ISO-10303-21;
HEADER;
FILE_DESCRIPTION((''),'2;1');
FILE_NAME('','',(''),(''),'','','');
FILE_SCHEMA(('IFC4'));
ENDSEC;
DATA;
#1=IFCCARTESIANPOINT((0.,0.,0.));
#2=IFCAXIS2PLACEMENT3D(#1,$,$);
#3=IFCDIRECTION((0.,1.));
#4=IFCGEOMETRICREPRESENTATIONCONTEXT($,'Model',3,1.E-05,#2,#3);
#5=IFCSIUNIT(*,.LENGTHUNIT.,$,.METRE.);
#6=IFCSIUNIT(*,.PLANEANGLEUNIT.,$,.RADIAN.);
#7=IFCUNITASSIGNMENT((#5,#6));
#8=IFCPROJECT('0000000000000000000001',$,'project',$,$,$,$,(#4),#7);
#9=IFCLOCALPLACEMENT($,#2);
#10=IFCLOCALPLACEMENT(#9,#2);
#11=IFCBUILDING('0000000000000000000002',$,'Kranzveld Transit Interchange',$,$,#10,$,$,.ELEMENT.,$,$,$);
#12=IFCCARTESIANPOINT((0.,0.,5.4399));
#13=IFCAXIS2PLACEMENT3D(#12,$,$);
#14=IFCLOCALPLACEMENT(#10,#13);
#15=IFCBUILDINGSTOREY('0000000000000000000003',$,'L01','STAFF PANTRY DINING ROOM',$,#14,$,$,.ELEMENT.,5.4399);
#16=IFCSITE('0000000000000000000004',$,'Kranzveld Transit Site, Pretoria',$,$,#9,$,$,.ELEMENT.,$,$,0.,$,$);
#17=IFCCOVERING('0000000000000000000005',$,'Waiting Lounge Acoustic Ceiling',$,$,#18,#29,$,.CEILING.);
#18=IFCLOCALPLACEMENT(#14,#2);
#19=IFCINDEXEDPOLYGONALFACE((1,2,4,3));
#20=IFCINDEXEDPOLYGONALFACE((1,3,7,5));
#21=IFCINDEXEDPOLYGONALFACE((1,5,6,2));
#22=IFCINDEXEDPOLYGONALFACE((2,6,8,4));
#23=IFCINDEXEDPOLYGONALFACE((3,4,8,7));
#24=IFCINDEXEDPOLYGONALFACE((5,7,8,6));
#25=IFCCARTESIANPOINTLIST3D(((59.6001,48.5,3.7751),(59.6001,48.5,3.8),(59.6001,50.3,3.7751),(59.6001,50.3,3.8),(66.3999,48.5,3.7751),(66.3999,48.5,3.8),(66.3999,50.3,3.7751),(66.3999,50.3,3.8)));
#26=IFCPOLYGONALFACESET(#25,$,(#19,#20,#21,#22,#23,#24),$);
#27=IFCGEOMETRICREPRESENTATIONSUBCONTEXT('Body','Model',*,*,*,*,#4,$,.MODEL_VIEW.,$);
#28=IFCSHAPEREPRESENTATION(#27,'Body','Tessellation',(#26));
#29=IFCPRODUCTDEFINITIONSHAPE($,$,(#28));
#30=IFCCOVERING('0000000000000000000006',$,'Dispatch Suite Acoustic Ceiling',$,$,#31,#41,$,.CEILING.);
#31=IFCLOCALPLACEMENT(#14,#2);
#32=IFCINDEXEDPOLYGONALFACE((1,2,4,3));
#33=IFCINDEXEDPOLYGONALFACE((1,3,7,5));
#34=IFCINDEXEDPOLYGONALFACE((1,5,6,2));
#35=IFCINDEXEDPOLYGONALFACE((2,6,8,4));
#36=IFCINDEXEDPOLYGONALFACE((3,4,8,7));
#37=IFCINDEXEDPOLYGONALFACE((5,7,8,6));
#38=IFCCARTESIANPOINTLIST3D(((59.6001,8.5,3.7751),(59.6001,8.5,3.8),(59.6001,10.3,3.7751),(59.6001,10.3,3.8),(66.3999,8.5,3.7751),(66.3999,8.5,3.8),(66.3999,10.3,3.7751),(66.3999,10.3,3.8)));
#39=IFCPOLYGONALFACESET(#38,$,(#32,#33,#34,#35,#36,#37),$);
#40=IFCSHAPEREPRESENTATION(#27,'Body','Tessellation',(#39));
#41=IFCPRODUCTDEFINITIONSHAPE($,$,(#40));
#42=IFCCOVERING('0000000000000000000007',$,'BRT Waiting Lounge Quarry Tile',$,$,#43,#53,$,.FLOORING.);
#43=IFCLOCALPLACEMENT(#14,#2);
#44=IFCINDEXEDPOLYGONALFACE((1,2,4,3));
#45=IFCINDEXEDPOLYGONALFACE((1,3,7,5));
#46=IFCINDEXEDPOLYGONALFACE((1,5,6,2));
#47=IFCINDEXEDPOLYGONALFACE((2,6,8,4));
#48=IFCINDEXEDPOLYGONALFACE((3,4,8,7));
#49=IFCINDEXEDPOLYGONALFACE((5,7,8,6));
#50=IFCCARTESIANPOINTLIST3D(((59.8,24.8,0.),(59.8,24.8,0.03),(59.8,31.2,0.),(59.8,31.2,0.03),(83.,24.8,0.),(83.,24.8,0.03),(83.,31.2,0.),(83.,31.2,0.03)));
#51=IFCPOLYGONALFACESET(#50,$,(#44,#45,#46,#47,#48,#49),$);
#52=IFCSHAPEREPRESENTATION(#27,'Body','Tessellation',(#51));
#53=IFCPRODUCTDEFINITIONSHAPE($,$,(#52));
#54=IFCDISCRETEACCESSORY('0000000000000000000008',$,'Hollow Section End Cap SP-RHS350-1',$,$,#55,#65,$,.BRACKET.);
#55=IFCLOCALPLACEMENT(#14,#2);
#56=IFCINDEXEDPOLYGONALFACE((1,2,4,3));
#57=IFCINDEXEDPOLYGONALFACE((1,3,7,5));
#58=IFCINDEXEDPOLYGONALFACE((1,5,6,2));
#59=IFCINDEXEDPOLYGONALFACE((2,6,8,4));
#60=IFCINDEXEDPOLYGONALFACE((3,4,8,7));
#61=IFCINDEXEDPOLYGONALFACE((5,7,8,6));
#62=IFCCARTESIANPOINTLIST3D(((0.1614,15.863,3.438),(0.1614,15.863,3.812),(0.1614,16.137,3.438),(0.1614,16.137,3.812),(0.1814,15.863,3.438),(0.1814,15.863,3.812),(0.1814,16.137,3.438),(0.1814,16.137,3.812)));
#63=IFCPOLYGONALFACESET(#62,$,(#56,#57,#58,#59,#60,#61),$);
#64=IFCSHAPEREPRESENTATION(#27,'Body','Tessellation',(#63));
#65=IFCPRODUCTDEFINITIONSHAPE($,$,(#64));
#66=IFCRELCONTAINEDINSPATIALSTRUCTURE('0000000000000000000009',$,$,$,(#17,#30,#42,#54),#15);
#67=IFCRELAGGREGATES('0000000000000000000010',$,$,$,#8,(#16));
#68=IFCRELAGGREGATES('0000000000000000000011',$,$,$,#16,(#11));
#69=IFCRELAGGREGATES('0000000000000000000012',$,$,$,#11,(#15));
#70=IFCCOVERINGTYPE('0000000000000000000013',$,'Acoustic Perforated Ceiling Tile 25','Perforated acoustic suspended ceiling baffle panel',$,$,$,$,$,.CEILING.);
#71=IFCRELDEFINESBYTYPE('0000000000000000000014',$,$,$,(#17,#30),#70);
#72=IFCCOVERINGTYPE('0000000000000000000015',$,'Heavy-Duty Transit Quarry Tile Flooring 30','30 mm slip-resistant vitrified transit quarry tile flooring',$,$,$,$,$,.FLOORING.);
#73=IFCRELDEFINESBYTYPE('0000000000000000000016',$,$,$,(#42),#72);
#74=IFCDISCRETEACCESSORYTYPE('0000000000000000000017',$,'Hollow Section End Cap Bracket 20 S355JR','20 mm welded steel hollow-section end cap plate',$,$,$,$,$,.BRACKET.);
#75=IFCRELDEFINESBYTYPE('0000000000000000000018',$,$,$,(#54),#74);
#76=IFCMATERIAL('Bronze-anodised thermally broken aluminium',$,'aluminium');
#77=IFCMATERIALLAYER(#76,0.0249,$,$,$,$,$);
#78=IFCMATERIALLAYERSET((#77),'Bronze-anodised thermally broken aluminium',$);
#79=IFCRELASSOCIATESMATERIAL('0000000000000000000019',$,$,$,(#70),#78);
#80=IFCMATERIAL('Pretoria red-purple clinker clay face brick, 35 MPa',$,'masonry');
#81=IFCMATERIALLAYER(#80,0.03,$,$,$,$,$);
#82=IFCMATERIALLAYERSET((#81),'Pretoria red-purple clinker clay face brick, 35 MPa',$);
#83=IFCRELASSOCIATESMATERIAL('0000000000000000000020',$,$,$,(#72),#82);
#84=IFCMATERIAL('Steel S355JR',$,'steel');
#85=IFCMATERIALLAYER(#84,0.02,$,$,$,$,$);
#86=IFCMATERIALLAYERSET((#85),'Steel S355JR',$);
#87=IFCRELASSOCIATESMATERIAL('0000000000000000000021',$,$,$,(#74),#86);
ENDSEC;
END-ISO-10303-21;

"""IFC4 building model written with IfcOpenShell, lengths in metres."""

from ifc_helpers import new_model, si_unit, direction, frame, origin, origin_2d, place, context, subcontext, project, spatial, polyline, rectangle, outline, extrude, material, layer, layer_set, type_object, element, save


model = new_model("IFC4")

# Units and contexts
model_context = context("Model", 3, precision=1e-05, world=origin(), true_north=direction((0.0, 1.0)))
body_context = subcontext(model_context, "Body", "Model", "MODEL_VIEW")
ifc_project = project(units=[si_unit("LENGTHUNIT", "METRE"), si_unit("PLANEANGLEUNIT", "RADIAN")], contexts=[model_context])

# Site, building, storey
site_placement = place(None, origin())
site = spatial("IfcSite", under=ifc_project, at=site_placement, Name="Kranzveld Transit Site, Pretoria", CompositionType="ELEMENT", RefElevation=0.0)
building_placement = place(site_placement, origin())
building = spatial("IfcBuilding", under=site, at=building_placement, Name="Kranzveld Transit Interchange", CompositionType="ELEMENT")
storey_placement = place(building_placement, frame((0.0, 0.0, 5.4399)))
storey = spatial("IfcBuildingStorey", under=building, at=storey_placement, Name="L01", Description="STAFF PANTRY DINING ROOM", CompositionType="ELEMENT", Elevation=5.4399)

# Coverings
ifc_material_1 = material(Name="Bronze-anodised thermally broken aluminium", Category="aluminium")
ifc_layer_1 = layer(ifc_material_1, 0.0249)
ifc_layer_set_1 = layer_set([ifc_layer_1], Name="Bronze-anodised thermally broken aluminium")
covering_type_1 = type_object("IfcCoveringType", Name="Acoustic Perforated Ceiling Tile 25", Description="Perforated acoustic suspended ceiling baffle panel", PredefinedType="CEILING", material=ifc_layer_set_1)
covering_1_placement = place(storey_placement, frame((0.0, 0.0, 3.7751)))
element("IfcCovering", 1, at=covering_1_placement, inside=storey, type_object=covering_type_1, Name="Waiting Lounge Acoustic Ceiling", PredefinedType="CEILING", context=body_context, shape_type="SweptSolid", body=[
    extrude(outline(polyline([(59.6001, 48.5), (66.3999, 48.5), (66.3999, 50.3), (59.6001, 50.3), (59.6001, 48.5)])), origin(), (0.0, 0.0, 1.0), 0.0249),
])
covering_2_placement = place(storey_placement, frame((0.0, 0.0, 3.7751)))
element("IfcCovering", 2, at=covering_2_placement, inside=storey, type_object=covering_type_1, Name="Dispatch Suite Acoustic Ceiling", PredefinedType="CEILING", context=body_context, shape_type="SweptSolid", body=[
    extrude(outline(polyline([(59.6001, 8.5), (66.3999, 8.5), (66.3999, 10.3), (59.6001, 10.3), (59.6001, 8.5)])), origin(), (0.0, 0.0, 1.0), 0.0249),
])
ifc_material_2 = material(Name="Pretoria red-purple clinker clay face brick, 35 MPa", Category="masonry")
ifc_layer_2 = layer(ifc_material_2, 0.03)
ifc_layer_set_2 = layer_set([ifc_layer_2], Name="Pretoria red-purple clinker clay face brick, 35 MPa")
covering_type_2 = type_object("IfcCoveringType", Name="Heavy-Duty Transit Quarry Tile Flooring 30", Description="30 mm slip-resistant vitrified transit quarry tile flooring", PredefinedType="FLOORING", material=ifc_layer_set_2)
covering_3_placement = place(storey_placement, origin())
element("IfcCovering", 3, at=covering_3_placement, inside=storey, type_object=covering_type_2, Name="BRT Waiting Lounge Quarry Tile", PredefinedType="FLOORING", context=body_context, shape_type="SweptSolid", body=[
    extrude(outline(polyline([(59.8, 24.8), (83.0, 24.8), (83.0, 31.2), (59.8, 31.2), (59.8, 24.8)])), origin(), (0.0, 0.0, 1.0), 0.03),
])

# Discrete accessory
ifc_material_3 = material(Name="Steel S355JR", Category="steel")
ifc_layer_3 = layer(ifc_material_3, 0.02)
ifc_layer_set_3 = layer_set([ifc_layer_3], Name="Steel S355JR")
discrete_accessory_type = type_object("IfcDiscreteAccessoryType", Name="Hollow Section End Cap Bracket 20 S355JR", Description="20 mm welded steel hollow-section end cap plate", PredefinedType="BRACKET", material=ifc_layer_set_3)
discrete_accessory_placement = place(storey_placement, frame((0.1814, 16.0, 3.625), z_axis=(-1.0, 0.0, 0.0), x_axis=(0.0, -1.0, 0.0)))
element("IfcDiscreteAccessory", 4, at=discrete_accessory_placement, inside=storey, type_object=discrete_accessory_type, Name="Hollow Section End Cap SP-RHS350-1", PredefinedType="BRACKET", context=body_context, shape_type="SweptSolid", body=[
    extrude(rectangle(XDim=0.2739, YDim=0.374, at=origin_2d()), origin(), (0.0, 0.0, 1.0), 0.02),
])

save(model, "model.ifc")
